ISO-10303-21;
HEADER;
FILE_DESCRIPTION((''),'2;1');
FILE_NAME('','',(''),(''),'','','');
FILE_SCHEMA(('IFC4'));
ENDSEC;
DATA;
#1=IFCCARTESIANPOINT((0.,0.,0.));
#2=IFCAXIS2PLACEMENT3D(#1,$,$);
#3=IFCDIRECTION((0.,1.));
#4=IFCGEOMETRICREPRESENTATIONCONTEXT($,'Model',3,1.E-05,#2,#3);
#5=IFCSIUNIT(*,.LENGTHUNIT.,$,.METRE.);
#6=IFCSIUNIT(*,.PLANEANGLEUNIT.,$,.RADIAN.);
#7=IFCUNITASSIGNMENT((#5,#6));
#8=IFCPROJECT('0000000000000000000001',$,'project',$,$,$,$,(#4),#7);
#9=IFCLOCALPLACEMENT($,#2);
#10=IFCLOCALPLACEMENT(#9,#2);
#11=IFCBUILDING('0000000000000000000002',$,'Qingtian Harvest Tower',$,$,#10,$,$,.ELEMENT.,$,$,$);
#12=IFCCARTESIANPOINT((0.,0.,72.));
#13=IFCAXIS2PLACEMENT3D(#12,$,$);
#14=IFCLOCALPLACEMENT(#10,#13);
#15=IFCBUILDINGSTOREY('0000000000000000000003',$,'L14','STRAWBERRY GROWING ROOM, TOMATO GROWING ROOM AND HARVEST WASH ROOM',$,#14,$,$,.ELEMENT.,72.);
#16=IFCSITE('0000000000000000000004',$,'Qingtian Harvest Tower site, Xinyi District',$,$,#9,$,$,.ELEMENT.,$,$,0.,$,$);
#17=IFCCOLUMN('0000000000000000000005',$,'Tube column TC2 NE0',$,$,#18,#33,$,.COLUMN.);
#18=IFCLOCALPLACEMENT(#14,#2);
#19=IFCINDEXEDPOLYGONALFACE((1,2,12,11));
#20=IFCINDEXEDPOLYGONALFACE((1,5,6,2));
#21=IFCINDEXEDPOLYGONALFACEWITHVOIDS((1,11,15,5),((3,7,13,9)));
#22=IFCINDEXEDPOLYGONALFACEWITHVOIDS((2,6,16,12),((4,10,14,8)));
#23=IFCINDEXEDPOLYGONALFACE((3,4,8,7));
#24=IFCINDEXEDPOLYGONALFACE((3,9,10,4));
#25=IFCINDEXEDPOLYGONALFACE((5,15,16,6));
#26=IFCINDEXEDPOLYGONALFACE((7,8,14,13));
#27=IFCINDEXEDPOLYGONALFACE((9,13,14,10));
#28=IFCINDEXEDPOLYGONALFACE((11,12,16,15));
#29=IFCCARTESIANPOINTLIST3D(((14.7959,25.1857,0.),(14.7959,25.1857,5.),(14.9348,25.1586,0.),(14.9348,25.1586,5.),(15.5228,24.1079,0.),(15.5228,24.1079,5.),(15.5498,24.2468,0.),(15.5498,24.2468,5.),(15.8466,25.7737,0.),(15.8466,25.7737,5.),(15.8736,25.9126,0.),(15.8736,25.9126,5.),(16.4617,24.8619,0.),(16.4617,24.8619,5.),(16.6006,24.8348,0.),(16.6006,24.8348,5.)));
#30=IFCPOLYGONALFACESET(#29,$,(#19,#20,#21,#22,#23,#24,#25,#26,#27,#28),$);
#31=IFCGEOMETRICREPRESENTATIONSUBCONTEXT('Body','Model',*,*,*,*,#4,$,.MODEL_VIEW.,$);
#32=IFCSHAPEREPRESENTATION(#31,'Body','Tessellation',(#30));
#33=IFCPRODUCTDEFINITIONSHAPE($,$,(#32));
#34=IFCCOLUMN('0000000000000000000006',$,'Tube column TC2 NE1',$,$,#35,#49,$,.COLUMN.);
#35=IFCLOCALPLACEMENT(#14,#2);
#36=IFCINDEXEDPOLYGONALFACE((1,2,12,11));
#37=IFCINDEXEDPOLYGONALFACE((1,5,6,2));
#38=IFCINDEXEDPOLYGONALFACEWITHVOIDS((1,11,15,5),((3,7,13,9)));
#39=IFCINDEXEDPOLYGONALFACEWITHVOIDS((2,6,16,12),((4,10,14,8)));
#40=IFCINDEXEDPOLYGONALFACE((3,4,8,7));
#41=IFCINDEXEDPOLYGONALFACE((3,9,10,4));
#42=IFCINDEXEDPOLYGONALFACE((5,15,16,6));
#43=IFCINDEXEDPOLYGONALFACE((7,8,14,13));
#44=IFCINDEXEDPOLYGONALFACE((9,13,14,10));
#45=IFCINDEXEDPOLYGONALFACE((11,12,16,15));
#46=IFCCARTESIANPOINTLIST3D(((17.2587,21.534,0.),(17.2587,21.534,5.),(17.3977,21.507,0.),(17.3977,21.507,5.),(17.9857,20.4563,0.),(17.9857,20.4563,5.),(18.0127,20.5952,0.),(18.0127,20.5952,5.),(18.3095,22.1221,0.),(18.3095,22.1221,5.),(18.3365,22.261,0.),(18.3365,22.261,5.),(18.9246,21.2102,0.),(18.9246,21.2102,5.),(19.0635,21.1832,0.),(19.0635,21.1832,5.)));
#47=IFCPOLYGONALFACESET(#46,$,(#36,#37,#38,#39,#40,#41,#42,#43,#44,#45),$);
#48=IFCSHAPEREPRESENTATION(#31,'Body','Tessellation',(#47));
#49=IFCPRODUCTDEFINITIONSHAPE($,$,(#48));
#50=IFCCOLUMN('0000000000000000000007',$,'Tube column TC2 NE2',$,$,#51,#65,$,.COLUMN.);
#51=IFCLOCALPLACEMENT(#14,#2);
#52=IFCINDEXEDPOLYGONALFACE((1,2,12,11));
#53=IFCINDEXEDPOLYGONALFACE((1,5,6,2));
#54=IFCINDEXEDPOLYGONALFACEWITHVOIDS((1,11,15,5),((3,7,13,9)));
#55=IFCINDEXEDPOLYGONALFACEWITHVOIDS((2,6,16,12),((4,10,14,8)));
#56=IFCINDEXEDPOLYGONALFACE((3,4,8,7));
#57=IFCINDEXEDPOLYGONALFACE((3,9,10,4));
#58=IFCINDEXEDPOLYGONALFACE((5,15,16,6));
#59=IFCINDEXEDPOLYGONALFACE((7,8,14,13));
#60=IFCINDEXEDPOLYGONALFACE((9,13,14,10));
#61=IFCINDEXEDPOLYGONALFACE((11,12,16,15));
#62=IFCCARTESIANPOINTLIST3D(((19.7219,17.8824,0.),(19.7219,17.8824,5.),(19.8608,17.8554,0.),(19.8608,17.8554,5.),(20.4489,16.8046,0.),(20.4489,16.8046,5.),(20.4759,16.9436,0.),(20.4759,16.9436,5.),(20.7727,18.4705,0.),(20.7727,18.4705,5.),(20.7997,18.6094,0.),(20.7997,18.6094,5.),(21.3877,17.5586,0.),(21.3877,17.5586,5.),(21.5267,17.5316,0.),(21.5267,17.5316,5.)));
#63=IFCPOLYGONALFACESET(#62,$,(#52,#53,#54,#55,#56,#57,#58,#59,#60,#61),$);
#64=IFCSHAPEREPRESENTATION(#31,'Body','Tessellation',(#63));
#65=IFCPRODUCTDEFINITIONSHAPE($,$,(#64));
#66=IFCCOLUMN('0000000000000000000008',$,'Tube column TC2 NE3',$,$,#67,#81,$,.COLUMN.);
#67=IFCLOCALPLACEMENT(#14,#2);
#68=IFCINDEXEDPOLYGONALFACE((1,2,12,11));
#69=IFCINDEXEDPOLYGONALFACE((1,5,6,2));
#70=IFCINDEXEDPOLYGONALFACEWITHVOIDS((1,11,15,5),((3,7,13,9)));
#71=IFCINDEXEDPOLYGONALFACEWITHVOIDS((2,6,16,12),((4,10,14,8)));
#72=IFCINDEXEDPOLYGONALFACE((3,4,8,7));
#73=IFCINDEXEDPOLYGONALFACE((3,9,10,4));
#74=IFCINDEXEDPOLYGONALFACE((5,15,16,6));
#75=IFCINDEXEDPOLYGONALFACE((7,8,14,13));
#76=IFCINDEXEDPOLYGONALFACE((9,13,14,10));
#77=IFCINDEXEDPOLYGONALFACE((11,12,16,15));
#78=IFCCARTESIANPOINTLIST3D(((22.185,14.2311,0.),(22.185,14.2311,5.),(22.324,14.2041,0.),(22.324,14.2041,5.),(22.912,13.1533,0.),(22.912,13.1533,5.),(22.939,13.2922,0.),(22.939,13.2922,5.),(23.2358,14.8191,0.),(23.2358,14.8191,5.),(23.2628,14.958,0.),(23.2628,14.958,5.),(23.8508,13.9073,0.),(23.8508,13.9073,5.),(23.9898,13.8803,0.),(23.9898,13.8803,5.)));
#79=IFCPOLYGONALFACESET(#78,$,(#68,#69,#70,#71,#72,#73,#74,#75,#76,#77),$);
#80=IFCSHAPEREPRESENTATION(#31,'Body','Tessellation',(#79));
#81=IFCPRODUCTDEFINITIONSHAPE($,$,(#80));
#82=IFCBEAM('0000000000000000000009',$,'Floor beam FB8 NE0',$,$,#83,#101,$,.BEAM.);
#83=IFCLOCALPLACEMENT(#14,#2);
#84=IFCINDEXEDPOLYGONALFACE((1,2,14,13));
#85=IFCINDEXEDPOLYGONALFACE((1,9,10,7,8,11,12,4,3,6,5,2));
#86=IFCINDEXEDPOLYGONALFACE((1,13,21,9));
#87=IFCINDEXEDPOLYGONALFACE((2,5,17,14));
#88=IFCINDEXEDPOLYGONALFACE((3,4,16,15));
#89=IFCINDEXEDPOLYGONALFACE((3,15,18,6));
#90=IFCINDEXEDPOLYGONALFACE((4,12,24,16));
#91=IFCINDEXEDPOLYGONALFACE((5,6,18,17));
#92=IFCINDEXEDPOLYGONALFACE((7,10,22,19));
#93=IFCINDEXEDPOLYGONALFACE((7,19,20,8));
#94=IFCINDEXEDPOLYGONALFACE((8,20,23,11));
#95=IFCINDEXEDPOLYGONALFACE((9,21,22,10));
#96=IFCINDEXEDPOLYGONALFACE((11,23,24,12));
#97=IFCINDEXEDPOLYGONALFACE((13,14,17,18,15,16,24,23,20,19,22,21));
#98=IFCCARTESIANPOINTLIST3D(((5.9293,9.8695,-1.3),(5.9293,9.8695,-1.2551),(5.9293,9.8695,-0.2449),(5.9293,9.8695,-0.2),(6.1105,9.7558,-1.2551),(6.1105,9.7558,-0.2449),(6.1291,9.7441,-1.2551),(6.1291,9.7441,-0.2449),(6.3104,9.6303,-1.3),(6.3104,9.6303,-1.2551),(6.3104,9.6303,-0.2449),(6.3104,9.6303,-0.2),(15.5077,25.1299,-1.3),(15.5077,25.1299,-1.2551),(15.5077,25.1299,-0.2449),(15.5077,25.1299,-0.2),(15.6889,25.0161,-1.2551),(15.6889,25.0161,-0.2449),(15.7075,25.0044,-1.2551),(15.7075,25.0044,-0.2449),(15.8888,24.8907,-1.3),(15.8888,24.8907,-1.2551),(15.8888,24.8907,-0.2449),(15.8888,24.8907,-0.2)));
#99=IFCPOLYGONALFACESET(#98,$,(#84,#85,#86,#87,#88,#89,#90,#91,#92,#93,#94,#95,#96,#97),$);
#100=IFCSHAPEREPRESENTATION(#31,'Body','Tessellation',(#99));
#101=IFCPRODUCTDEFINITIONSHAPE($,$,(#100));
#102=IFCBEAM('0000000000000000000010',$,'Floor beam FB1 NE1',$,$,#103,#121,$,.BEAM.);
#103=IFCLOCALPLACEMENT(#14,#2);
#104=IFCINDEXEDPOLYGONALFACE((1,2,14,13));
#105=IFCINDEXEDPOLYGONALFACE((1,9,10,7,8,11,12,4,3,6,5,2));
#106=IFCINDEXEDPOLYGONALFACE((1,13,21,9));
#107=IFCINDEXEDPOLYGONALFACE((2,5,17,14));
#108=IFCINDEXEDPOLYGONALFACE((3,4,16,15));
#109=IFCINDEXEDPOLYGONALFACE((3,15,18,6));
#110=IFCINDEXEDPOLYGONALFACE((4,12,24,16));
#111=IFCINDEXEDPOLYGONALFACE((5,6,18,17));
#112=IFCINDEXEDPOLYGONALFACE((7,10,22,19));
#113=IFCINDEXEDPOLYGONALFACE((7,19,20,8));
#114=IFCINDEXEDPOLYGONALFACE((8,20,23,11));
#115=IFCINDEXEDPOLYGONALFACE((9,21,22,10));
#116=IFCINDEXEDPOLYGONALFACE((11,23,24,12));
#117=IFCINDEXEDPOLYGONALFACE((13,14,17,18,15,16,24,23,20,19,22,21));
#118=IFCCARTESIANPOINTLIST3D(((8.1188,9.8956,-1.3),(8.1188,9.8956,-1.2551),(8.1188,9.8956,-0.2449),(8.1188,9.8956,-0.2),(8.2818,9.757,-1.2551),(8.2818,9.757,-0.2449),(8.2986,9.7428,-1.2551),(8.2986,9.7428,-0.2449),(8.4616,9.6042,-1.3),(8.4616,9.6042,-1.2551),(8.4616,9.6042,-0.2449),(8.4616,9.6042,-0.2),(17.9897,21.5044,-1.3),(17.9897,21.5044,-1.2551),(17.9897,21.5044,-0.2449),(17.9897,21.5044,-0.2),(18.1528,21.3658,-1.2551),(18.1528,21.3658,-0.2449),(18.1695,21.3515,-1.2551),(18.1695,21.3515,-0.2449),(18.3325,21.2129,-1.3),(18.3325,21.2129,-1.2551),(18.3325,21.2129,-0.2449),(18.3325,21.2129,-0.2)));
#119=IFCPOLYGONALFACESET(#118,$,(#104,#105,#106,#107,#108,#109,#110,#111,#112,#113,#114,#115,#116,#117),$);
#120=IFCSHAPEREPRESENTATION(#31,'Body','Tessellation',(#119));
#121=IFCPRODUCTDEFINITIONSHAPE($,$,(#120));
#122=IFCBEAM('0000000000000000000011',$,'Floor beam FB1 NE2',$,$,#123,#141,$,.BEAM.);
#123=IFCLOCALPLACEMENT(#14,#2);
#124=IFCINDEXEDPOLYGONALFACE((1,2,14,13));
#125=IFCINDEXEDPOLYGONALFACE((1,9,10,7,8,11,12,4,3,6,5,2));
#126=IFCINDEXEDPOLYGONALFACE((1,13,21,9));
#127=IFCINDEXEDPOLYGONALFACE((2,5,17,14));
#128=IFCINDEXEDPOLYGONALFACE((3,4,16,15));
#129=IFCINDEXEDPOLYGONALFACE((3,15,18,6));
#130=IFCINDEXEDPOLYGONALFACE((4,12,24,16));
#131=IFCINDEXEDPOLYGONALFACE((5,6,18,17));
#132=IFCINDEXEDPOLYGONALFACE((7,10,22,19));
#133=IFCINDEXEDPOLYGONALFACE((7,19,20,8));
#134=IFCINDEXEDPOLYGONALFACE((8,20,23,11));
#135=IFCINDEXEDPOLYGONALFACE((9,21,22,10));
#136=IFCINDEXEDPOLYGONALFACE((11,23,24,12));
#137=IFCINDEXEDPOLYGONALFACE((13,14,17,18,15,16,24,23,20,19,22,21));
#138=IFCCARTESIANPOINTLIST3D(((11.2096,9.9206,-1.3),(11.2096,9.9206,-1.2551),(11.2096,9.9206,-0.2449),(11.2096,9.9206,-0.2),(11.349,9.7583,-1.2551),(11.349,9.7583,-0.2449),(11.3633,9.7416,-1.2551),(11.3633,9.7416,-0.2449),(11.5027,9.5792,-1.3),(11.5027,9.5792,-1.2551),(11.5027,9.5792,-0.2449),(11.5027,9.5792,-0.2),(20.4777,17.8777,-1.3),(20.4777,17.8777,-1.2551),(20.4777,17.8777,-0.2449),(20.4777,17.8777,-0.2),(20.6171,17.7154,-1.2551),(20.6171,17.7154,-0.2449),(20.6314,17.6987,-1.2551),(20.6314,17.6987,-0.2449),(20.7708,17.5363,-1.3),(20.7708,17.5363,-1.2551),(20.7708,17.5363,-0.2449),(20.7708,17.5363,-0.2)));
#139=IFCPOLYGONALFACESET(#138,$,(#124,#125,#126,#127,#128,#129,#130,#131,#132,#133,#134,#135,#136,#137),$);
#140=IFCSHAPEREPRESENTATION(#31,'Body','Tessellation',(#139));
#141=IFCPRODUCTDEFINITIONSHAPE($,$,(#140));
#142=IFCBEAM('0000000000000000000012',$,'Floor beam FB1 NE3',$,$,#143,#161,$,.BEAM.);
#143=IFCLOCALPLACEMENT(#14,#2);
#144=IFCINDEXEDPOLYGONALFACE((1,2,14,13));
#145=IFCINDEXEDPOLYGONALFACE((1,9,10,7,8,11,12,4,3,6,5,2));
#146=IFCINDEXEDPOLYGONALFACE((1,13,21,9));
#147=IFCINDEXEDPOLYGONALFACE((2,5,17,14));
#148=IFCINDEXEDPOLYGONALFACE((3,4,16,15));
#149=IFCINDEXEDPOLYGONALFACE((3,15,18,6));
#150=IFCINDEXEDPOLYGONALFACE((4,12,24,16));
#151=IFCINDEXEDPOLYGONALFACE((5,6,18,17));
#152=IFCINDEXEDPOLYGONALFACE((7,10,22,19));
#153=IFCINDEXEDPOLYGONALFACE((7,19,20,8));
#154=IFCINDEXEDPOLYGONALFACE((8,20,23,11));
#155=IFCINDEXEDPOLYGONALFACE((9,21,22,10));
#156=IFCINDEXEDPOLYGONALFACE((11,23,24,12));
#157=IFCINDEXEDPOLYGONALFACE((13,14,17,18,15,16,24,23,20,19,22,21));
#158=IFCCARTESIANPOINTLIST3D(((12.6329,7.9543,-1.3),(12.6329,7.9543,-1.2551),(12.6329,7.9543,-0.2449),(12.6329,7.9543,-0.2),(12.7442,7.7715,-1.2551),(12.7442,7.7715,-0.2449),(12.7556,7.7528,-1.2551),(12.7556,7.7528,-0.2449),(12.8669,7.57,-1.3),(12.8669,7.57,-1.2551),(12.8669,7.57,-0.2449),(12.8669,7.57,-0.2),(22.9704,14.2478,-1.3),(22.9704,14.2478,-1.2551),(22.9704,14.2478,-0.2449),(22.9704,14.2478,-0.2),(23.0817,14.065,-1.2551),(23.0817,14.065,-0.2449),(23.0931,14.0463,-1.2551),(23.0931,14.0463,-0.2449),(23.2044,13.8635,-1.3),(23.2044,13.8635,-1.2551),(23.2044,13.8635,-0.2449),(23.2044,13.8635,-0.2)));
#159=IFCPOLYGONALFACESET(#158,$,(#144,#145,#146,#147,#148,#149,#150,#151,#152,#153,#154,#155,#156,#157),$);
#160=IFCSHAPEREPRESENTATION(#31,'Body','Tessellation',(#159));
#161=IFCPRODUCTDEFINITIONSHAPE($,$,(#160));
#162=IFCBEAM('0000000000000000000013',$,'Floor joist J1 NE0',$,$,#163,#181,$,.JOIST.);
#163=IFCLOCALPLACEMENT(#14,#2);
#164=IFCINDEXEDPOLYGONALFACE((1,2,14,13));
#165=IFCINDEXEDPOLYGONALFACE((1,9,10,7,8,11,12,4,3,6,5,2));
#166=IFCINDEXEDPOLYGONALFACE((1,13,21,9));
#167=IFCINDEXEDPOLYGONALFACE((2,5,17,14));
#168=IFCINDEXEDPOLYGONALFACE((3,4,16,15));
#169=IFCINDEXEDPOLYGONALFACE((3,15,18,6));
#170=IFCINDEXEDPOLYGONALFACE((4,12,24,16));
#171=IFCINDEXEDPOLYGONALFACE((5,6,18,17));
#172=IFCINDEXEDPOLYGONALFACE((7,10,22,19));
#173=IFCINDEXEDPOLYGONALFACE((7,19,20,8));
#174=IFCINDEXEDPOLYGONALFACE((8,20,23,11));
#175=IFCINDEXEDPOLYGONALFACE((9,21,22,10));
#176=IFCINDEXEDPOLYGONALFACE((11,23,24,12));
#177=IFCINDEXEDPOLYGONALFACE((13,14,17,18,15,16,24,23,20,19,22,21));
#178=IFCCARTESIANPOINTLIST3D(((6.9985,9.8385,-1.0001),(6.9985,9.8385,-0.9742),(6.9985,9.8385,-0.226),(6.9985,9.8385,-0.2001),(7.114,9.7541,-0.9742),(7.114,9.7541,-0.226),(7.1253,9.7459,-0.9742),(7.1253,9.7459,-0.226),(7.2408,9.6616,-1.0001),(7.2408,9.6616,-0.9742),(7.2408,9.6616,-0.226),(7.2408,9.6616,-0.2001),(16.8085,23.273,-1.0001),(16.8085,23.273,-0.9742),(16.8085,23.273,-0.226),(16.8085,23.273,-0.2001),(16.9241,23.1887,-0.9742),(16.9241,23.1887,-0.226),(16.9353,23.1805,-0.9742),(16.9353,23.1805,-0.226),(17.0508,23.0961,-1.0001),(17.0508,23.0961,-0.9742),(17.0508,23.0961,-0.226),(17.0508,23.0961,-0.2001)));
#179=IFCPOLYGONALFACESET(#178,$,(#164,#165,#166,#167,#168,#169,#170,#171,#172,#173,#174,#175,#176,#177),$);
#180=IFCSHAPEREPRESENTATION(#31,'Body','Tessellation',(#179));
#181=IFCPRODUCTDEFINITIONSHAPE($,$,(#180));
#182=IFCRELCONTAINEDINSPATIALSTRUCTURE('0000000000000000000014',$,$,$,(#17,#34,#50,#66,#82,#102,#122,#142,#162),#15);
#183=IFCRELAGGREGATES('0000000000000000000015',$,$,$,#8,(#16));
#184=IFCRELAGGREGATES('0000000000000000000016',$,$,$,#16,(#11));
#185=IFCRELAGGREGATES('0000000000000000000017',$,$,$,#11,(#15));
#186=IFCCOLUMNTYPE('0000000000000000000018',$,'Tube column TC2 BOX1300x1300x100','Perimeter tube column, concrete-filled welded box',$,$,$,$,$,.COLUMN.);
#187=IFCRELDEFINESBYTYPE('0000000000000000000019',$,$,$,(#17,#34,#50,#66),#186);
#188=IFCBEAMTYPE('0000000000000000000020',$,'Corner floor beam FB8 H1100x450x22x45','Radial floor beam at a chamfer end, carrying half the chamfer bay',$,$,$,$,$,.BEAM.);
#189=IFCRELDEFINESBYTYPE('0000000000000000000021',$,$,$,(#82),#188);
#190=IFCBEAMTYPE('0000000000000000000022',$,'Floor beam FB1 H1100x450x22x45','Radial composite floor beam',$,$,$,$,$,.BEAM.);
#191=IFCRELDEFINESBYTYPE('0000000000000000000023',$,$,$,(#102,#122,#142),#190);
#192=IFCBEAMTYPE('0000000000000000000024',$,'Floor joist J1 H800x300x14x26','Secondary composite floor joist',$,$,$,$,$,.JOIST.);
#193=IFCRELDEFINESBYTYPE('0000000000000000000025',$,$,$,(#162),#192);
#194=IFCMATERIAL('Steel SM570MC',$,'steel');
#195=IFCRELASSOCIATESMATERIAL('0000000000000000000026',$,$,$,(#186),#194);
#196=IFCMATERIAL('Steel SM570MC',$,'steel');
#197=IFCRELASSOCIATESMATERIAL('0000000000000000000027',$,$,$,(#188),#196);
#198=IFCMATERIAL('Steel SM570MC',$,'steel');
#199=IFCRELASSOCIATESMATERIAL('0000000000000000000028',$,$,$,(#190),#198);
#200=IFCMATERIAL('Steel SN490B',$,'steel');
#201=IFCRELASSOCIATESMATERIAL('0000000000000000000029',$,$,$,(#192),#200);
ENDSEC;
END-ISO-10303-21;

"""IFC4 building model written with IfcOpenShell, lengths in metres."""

from ifc_helpers import new_model, si_unit, direction, frame, origin, origin_2d, place, context, subcontext, project, spatial, hollow_rectangle, i_section, extrude, material, material_profile, profile_set, type_object, element, save


model = new_model("IFC4")

# Units and contexts
model_context = context("Model", 3, precision=1e-05, world=origin(), true_north=direction((0.0, 1.0)))
body_context = subcontext(model_context, "Body", "Model", "MODEL_VIEW")
ifc_project = project(units=[si_unit("LENGTHUNIT", "METRE"), si_unit("PLANEANGLEUNIT", "RADIAN")], contexts=[model_context])

# Site, building, storey
site_placement = place(None, origin())
site = spatial("IfcSite", under=ifc_project, at=site_placement, Name="Qingtian Harvest Tower site, Xinyi District", CompositionType="ELEMENT", RefElevation=0.0)
building_placement = place(site_placement, origin())
building = spatial("IfcBuilding", under=site, at=building_placement, Name="Qingtian Harvest Tower", CompositionType="ELEMENT")
storey_placement = place(building_placement, frame((0.0, 0.0, 72.0)))
storey = spatial("IfcBuildingStorey", under=building, at=storey_placement, Name="L14", Description="STRAWBERRY GROWING ROOM, TOMATO GROWING ROOM AND HARVEST WASH ROOM", CompositionType="ELEMENT", Elevation=72.0)

# Columns
ifc_material_1 = material(Name="Steel SM570MC", Category="steel")
ifc_material_profile_1 = material_profile(ifc_material_1, hollow_rectangle(XDim=1.3, YDim=1.3, WallThickness=0.1001, at=origin_2d()), Name="BOX1300x1300x100")
ifc_profile_set_1 = profile_set([ifc_material_profile_1], Name="Steel SM570MC")
column_type = type_object("IfcColumnType", Name="Tube column TC2 BOX1300x1300x100", Description="Perimeter tube column, concrete-filled welded box", PredefinedType="COLUMN", material=ifc_profile_set_1)
for number, where, z_axis, x_axis, name in (
    (1, (15.6982, 25.0103, 0.0), (0.0, 0.0, 1.0), (-0.559193, 0.829038, 0.0), "Tube column TC2 NE0"),
    (2, (18.1611, 21.3586, 0.0), (0.0, 0.0, 1.0), (-0.559193, 0.829038, 0.0), "Tube column TC2 NE1"),
    (3, (20.6243, 17.707, 0.0), (0.0, 0.0, 1.0), (-0.559193, 0.829038, 0.0), "Tube column TC2 NE2"),
    (4, (23.0874, 14.0557, 0.0), (0.0, 0.0, 1.0), (-0.559193, 0.829038, 0.0), "Tube column TC2 NE3"),
):
    element("IfcColumn", number, at=place(storey_placement, frame(where, z_axis=z_axis, x_axis=x_axis)), inside=storey, type_object=column_type, Name=name, PredefinedType="COLUMN", context=body_context, shape_type="SweptSolid", body=[
        extrude(hollow_rectangle(XDim=1.3, YDim=1.3, WallThickness=0.1001, at=origin_2d()), origin(), (0.0, 0.0, 1.0), 5.0),
    ])

# Beams
ifc_material_2 = material(Name="Steel SM570MC", Category="steel")
ifc_material_profile_2 = material_profile(ifc_material_2, i_section(OverallWidth=0.45, OverallDepth=1.1001, WebThickness=0.022, FlangeThickness=0.0449, at=origin_2d()), Name="H1100x450x22x45")
ifc_profile_set_2 = profile_set([ifc_material_profile_2], Name="Steel SM570MC")
beam_type_1 = type_object("IfcBeamType", Name="Corner floor beam FB8 H1100x450x22x45", Description="Radial floor beam at a chamfer end, carrying half the chamfer bay", PredefinedType="BEAM", material=ifc_profile_set_2)
beam_1_placement = place(storey_placement, frame((15.6982, 25.0103, -0.75), z_axis=(-0.531623, -0.846981, 0.0), x_axis=(0.846981, -0.531623, 0.0)))
element("IfcBeam", 5, at=beam_1_placement, inside=storey, type_object=beam_type_1, Name="Floor beam FB8 NE0", PredefinedType="BEAM", context=body_context, shape_type="SweptSolid", body=[
    extrude(i_section(OverallWidth=0.45, OverallDepth=1.1001, WebThickness=0.022, FlangeThickness=0.0449, at=origin_2d()), origin(), (0.0, 0.0, 1.0), 18.0173),
])
ifc_material_3 = material(Name="Steel SM570MC", Category="steel")
ifc_material_profile_3 = material_profile(ifc_material_3, i_section(OverallWidth=0.45, OverallDepth=1.1001, WebThickness=0.022, FlangeThickness=0.0449, at=origin_2d()), Name="H1100x450x22x45")
ifc_profile_set_3 = profile_set([ifc_material_profile_3], Name="Steel SM570MC")
beam_type_2 = type_object("IfcBeamType", Name="Floor beam FB1 H1100x450x22x45", Description="Radial composite floor beam", PredefinedType="BEAM", material=ifc_profile_set_3)
beam_2_placement = place(storey_placement, frame((18.1611, 21.3586, -0.75), z_axis=(-0.647782, -0.761826, 0.0), x_axis=(0.761826, -0.647782, 0.0)))
element("IfcBeam", 6, at=beam_2_placement, inside=storey, type_object=beam_type_2, Name="Floor beam FB1 NE1", PredefinedType="BEAM", context=body_context, shape_type="SweptSolid", body=[
    extrude(i_section(OverallWidth=0.45, OverallDepth=1.1001, WebThickness=0.022, FlangeThickness=0.0449, at=origin_2d()), origin(), (0.0, 0.0, 1.0), 15.238),
])
beam_3_placement = place(storey_placement, frame((20.6243, 17.707, -0.75), z_axis=(-0.758732, -0.651403, 0.0), x_axis=(0.651403, -0.758732, 0.0)))
element("IfcBeam", 7, at=beam_3_placement, inside=storey, type_object=beam_type_2, Name="Floor beam FB1 NE2", PredefinedType="BEAM", context=body_context, shape_type="SweptSolid", body=[
    extrude(i_section(OverallWidth=0.45, OverallDepth=1.1001, WebThickness=0.022, FlangeThickness=0.0449, at=origin_2d()), origin(), (0.0, 0.0, 1.0), 12.2153),
])
beam_4_placement = place(storey_placement, frame((23.0874, 14.0557, -0.75), z_axis=(-0.854157, -0.520015, 0.0), x_axis=(0.520015, -0.854157, 0.0)))
element("IfcBeam", 8, at=beam_4_placement, inside=storey, type_object=beam_type_2, Name="Floor beam FB1 NE3", PredefinedType="BEAM", context=body_context, shape_type="SweptSolid", body=[
    extrude(i_section(OverallWidth=0.45, OverallDepth=1.1001, WebThickness=0.022, FlangeThickness=0.0449, at=origin_2d()), origin(), (0.0, 0.0, 1.0), 12.1025),
])
ifc_material_4 = material(Name="Steel SN490B", Category="steel")
ifc_material_profile_4 = material_profile(ifc_material_4, i_section(OverallWidth=0.3, OverallDepth=0.8, WebThickness=0.0139, FlangeThickness=0.0259, at=origin_2d()), Name="H800x300x14x26")
ifc_profile_set_4 = profile_set([ifc_material_profile_4], Name="Steel SN490B")
beam_type_3 = type_object("IfcBeamType", Name="Floor joist J1 H800x300x14x26", Description="Secondary composite floor joist", PredefinedType="JOIST", material=ifc_profile_set_4)
beam_5_placement = place(storey_placement, frame((16.9297, 23.1846, -0.6001), z_axis=(-0.589722, -0.807606, 0.0), x_axis=(0.807606, -0.589722, 0.0)))
element("IfcBeam", 9, at=beam_5_placement, inside=storey, type_object=beam_type_3, Name="Floor joist J1 NE0", PredefinedType="JOIST", context=body_context, shape_type="SweptSolid", body=[
    extrude(i_section(OverallWidth=0.3, OverallDepth=0.8, WebThickness=0.0139, FlangeThickness=0.0259, at=origin_2d()), origin(), (0.0, 0.0, 1.0), 16.635),
])

save(model, "model.ifc")
